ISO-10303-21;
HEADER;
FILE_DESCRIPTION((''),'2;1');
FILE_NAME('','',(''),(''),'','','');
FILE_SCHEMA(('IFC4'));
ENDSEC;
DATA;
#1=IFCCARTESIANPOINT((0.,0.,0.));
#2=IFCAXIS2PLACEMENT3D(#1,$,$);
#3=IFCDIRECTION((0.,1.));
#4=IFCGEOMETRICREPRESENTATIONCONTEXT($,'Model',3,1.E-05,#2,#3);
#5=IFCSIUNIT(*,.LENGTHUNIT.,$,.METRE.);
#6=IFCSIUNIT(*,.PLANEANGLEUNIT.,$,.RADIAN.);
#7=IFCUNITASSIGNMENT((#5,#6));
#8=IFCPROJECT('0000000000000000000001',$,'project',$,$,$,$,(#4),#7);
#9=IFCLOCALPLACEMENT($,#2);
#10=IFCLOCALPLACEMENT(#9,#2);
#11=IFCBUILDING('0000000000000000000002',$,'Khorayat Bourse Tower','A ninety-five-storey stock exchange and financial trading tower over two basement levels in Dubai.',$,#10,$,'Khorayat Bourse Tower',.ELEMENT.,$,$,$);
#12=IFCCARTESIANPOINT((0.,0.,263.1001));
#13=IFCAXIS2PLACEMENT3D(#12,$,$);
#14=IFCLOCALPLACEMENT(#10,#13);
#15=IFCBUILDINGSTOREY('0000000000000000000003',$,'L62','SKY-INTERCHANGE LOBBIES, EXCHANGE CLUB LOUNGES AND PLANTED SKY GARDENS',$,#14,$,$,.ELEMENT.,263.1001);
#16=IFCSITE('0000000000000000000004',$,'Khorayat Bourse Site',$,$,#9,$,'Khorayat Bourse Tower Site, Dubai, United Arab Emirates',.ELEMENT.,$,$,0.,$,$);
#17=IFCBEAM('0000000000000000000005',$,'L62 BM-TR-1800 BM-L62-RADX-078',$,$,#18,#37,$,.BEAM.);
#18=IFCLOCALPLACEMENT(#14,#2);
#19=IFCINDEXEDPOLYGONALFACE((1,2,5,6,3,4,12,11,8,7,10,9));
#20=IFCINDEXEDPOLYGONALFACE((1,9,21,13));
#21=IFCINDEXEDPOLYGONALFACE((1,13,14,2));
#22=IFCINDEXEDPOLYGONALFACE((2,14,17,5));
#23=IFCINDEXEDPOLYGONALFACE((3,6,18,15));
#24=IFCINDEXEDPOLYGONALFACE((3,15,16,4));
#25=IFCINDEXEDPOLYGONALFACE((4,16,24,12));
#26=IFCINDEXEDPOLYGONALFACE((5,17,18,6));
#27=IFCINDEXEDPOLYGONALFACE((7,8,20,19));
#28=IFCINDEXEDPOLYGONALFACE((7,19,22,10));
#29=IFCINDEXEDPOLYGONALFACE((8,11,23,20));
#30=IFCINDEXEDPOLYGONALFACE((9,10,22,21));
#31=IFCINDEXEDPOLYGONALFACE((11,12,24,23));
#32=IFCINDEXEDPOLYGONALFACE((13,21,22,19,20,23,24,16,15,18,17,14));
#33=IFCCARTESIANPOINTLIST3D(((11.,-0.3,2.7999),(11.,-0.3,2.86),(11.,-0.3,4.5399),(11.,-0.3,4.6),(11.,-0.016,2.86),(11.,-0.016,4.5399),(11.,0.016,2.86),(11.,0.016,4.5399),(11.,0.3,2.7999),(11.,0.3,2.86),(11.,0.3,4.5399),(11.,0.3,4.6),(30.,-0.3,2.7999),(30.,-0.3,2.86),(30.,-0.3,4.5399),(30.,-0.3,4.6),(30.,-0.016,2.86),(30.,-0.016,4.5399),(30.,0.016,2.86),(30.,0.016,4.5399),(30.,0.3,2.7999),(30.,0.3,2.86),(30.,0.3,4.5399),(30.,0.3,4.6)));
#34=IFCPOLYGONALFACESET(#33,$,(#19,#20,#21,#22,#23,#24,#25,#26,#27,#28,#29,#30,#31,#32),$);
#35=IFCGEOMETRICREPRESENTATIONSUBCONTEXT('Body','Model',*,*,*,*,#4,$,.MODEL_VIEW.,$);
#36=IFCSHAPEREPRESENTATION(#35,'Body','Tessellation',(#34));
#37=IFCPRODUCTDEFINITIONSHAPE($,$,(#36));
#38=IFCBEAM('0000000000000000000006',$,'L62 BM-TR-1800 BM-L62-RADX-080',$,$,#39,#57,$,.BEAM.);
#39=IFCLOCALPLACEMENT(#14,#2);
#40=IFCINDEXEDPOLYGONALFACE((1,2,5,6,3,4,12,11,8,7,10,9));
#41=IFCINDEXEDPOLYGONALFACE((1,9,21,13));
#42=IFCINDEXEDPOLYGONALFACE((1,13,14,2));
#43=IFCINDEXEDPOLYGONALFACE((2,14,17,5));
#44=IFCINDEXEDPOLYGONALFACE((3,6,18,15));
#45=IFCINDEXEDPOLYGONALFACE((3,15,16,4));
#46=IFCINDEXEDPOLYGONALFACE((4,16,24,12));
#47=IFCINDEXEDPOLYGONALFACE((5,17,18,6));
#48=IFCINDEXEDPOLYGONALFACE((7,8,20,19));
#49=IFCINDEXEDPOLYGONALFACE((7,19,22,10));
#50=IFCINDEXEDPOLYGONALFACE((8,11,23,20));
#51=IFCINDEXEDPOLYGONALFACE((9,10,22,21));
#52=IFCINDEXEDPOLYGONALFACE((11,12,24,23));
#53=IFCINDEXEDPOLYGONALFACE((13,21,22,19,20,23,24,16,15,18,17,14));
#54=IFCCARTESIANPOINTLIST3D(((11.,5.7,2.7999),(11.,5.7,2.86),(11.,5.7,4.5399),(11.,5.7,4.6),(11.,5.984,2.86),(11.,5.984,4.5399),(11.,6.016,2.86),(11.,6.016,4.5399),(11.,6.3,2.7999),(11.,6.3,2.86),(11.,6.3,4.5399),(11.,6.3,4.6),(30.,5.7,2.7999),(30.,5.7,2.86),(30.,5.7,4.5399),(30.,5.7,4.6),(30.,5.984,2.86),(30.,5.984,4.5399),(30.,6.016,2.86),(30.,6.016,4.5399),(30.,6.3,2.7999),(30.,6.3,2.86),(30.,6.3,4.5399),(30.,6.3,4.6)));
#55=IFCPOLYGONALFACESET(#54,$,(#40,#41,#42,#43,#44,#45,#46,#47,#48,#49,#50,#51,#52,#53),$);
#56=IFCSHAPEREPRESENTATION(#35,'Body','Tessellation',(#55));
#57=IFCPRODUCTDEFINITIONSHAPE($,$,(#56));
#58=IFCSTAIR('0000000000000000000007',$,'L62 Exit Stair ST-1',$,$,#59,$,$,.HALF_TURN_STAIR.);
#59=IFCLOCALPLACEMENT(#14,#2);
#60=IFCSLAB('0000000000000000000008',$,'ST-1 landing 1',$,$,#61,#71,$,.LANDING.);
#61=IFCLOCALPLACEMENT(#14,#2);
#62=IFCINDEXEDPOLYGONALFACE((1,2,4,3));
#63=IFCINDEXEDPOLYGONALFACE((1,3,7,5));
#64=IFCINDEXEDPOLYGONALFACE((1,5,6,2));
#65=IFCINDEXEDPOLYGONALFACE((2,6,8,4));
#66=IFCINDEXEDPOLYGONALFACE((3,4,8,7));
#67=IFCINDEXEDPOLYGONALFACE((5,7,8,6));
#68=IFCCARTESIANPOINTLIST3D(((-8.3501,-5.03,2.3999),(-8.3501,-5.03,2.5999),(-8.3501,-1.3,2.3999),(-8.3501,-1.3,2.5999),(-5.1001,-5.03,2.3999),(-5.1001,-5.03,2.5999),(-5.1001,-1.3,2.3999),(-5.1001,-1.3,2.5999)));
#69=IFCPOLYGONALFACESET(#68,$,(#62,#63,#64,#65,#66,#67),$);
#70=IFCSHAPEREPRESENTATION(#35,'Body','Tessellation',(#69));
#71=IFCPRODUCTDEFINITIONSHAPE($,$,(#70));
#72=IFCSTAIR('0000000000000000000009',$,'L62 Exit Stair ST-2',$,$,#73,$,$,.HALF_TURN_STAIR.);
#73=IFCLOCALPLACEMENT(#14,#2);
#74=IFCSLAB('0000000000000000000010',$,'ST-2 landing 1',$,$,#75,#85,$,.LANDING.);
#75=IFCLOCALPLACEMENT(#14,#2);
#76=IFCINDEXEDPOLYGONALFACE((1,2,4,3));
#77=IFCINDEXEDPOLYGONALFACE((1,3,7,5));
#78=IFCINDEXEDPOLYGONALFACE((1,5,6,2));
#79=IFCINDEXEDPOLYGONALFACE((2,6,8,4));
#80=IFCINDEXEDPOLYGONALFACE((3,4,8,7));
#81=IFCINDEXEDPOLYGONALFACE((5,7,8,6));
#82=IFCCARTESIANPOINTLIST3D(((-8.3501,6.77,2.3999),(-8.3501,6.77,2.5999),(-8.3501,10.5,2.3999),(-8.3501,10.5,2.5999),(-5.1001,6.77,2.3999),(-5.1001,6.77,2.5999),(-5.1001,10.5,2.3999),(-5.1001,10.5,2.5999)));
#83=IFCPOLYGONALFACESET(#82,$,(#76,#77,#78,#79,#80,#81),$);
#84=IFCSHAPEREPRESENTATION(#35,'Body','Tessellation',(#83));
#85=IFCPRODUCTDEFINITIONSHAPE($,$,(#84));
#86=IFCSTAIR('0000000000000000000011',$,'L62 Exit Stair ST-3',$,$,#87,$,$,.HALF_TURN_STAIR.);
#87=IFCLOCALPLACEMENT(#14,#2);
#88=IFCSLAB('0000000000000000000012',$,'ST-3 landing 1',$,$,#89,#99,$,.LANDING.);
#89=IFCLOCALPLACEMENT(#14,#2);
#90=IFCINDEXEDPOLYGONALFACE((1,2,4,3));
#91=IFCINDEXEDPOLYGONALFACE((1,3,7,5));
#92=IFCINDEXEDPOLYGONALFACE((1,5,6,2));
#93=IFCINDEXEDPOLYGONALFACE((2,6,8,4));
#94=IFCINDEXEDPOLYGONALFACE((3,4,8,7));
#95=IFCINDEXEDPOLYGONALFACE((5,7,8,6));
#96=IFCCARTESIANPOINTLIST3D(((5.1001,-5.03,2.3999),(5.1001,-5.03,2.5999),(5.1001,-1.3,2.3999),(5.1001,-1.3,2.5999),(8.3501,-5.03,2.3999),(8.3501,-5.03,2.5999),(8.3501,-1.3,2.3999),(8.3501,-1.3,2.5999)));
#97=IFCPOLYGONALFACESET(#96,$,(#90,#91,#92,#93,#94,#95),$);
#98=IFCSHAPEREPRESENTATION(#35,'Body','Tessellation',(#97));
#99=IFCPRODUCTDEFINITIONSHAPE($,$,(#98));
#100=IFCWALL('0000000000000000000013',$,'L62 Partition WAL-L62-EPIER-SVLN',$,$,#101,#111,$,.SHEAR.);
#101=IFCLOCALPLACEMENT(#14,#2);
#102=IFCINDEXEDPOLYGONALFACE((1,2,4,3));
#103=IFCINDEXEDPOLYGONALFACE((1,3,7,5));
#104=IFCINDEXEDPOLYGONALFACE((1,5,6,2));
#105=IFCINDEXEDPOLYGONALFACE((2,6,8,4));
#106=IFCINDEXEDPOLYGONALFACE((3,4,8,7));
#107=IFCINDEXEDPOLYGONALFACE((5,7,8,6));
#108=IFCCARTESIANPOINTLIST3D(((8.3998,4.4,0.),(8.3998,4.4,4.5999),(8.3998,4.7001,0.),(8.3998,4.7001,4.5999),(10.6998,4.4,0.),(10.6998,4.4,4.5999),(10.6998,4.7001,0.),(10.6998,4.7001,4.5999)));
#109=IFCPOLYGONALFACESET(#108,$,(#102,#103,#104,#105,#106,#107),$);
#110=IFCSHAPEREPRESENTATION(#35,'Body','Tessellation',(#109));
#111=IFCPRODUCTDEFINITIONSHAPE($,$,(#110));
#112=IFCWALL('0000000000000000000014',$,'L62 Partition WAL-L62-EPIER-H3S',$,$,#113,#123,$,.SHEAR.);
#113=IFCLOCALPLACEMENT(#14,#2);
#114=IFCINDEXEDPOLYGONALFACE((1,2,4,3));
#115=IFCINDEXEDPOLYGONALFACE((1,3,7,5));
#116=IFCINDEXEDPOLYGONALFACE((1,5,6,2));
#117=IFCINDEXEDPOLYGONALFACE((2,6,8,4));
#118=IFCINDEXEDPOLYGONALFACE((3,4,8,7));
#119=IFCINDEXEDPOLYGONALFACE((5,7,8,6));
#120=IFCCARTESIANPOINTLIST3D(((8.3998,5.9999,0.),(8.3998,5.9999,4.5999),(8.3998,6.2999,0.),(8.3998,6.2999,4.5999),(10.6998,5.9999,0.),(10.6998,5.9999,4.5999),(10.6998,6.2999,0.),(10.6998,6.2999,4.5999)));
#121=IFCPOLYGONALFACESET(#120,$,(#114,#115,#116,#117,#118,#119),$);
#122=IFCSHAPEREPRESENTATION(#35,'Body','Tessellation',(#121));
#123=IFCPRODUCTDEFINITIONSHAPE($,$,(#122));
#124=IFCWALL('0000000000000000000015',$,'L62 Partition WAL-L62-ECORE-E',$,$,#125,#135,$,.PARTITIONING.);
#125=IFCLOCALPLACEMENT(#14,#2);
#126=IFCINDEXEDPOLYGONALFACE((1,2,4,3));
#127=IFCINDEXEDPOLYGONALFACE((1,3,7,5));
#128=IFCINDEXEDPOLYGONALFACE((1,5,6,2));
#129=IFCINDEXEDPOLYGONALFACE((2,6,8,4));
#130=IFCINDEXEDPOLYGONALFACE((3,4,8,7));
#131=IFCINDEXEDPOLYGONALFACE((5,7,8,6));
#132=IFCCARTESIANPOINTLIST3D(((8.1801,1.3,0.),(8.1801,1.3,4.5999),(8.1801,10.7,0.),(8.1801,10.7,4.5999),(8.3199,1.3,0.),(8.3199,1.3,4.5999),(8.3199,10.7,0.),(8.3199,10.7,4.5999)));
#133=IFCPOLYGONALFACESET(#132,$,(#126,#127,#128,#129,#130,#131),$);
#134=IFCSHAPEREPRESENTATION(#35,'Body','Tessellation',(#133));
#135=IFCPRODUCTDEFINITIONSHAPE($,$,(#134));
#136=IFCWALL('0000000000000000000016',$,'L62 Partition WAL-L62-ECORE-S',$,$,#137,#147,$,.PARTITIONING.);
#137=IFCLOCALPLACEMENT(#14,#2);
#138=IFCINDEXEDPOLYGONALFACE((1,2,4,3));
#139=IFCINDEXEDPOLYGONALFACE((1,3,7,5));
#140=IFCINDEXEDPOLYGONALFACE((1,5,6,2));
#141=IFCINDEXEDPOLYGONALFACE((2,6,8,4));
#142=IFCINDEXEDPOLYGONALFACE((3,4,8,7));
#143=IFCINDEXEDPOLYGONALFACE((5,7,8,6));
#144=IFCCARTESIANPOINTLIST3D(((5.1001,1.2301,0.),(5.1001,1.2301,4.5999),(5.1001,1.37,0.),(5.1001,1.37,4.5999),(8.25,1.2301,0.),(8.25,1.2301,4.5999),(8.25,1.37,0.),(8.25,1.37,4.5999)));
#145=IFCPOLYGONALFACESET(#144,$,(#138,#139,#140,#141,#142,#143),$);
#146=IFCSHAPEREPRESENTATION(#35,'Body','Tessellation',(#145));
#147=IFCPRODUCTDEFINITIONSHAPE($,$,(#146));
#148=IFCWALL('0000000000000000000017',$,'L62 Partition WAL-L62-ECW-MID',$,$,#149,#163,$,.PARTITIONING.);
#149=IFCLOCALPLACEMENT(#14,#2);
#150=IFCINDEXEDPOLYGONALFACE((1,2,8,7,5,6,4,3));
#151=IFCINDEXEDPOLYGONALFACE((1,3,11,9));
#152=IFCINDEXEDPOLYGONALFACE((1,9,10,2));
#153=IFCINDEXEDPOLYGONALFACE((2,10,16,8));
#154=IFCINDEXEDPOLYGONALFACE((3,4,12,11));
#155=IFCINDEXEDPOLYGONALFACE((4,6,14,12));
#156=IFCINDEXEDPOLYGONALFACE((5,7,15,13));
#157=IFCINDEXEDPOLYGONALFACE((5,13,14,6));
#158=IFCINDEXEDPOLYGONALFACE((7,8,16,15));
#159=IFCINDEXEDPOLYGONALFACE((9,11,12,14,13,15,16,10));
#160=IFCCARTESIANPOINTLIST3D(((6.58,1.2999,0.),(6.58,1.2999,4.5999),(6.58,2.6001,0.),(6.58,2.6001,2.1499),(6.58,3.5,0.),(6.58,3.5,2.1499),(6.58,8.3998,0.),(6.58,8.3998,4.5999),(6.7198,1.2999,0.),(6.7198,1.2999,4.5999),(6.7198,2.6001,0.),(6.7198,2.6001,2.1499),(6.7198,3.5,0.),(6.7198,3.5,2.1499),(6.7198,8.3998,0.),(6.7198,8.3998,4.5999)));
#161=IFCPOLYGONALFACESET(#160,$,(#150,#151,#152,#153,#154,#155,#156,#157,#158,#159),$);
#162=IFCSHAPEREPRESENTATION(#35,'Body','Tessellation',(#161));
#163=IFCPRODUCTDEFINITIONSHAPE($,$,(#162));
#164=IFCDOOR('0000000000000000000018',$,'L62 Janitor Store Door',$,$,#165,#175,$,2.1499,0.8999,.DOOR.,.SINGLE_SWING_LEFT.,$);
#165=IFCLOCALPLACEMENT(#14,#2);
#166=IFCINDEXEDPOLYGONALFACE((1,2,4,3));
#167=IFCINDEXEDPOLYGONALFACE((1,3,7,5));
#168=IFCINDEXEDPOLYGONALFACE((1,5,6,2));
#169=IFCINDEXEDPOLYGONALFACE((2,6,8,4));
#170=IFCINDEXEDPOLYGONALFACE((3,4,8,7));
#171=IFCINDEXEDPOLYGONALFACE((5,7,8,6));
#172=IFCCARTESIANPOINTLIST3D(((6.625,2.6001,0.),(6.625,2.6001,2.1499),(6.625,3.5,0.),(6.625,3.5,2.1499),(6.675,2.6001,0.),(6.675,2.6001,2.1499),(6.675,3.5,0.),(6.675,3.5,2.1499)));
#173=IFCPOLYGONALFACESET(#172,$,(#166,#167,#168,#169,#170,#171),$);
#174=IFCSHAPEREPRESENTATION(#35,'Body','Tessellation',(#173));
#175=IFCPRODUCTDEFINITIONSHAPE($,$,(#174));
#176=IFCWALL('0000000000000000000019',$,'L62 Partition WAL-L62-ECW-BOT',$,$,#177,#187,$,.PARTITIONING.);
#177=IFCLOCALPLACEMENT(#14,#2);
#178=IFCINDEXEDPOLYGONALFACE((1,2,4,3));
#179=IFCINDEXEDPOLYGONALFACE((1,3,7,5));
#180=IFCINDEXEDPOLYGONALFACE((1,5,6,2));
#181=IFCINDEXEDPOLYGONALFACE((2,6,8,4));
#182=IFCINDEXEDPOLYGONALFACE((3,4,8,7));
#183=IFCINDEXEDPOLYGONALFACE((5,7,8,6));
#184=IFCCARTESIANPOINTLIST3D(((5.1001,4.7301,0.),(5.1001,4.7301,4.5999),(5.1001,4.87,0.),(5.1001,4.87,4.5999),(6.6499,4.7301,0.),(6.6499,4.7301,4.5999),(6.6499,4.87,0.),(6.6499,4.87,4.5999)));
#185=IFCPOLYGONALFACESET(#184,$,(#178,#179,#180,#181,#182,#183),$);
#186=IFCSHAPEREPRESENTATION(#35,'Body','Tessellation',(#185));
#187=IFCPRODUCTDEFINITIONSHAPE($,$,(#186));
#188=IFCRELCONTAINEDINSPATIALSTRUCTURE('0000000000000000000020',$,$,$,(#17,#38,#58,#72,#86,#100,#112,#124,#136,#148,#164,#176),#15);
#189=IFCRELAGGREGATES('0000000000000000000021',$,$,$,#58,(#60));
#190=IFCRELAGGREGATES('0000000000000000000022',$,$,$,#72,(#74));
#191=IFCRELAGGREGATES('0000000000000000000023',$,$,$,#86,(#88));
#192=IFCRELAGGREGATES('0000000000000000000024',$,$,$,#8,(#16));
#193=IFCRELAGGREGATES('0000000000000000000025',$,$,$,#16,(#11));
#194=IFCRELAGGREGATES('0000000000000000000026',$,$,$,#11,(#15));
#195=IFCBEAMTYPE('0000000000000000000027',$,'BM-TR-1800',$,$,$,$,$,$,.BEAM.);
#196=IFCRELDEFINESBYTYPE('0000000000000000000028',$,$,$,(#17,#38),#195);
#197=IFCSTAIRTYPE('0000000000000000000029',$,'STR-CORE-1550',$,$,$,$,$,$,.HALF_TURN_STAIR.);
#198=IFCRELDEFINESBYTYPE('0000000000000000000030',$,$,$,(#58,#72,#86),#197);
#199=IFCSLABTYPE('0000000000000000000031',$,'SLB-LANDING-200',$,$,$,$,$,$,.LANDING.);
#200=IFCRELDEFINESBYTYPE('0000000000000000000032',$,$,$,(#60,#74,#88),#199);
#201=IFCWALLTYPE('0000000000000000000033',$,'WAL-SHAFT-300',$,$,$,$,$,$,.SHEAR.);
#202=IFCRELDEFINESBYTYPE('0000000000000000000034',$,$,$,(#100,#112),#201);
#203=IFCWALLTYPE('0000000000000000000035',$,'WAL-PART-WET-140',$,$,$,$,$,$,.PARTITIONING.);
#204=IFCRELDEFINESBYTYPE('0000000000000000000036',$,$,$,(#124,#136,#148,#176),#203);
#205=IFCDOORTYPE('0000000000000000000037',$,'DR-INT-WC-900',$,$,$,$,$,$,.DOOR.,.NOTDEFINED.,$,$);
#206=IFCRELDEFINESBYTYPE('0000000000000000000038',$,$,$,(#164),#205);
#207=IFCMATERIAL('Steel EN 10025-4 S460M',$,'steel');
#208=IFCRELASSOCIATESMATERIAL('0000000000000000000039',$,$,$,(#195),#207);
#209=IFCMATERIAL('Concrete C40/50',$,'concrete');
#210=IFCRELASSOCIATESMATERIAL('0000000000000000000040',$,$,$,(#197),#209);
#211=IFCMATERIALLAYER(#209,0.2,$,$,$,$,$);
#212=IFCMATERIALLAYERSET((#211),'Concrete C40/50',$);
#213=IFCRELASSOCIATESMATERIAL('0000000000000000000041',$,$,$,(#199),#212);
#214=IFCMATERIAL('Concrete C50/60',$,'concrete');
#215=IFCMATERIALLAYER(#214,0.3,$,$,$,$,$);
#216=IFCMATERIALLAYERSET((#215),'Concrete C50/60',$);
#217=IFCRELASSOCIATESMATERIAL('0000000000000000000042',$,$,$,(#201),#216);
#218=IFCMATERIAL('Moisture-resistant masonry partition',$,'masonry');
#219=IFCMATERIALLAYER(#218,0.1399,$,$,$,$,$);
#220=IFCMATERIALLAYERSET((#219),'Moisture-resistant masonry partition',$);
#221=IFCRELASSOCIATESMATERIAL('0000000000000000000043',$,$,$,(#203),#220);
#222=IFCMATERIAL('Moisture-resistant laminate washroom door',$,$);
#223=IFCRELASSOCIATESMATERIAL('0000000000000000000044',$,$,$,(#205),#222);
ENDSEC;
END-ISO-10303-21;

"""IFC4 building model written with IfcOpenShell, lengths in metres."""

from ifc_helpers import new_model, si_unit, direction, frame, frame_2d, origin, origin_2d, place, context, subcontext, project, spatial, polyline, rectangle, i_section, outline, extrude, source, transform, mapped, material, layer, layer_set, material_profile, profile_set, type_object, element, fill, aggregate, save


model = new_model("IFC4")

# Units and contexts
model_context = context("Model", 3, precision=1e-05, world=origin(), true_north=direction((0.0, 1.0)))
body_context = subcontext(model_context, "Body", "Model", "MODEL_VIEW")
ifc_project = project(units=[si_unit("LENGTHUNIT", "METRE"), si_unit("PLANEANGLEUNIT", "RADIAN")], contexts=[model_context])

# Site, building, storey
site_placement = place(None, origin())
site = spatial("IfcSite", under=ifc_project, at=site_placement, Name="Khorayat Bourse Site", LongName="Khorayat Bourse Tower Site, Dubai, United Arab Emirates", CompositionType="ELEMENT", RefElevation=0.0)
building_placement = place(site_placement, origin())
building = spatial("IfcBuilding", under=site, at=building_placement, Name="Khorayat Bourse Tower", Description="A ninety-five-storey stock exchange and financial trading tower over two basement levels in Dubai.", LongName="Khorayat Bourse Tower", CompositionType="ELEMENT")
storey_placement = place(building_placement, frame((0.0, 0.0, 263.1001)))
storey = spatial("IfcBuildingStorey", under=building, at=storey_placement, Name="L62", Description="SKY-INTERCHANGE LOBBIES, EXCHANGE CLUB LOUNGES AND PLANTED SKY GARDENS", CompositionType="ELEMENT", Elevation=263.1001)

# Beams
ifc_material_1 = material(Name="Steel EN 10025-4 S460M", Category="steel")
ifc_material_profile_1 = material_profile(ifc_material_1, i_section(OverallWidth=0.6001, OverallDepth=1.8, WebThickness=0.032, FlangeThickness=0.0601, at=origin_2d()), Name="PG 1800x600x32x60")
ifc_profile_set_1 = profile_set([ifc_material_profile_1], Name="Steel EN 10025-4 S460M")
beam_type_1 = type_object("IfcBeamType", Name="BM-TR-1800", PredefinedType="BEAM", material=ifc_profile_set_1)
shared_shape_1 = source(origin(), body_context, "Body", "SweptSolid", [
    extrude(i_section(OverallWidth=0.6001, OverallDepth=1.8, WebThickness=0.032, FlangeThickness=0.0601, at=origin_2d()), origin(), (0.0, 0.0, 1.0), 19.0),
])
for number, where, z_axis, x_axis, name in (
    (1, (11.0, 0.0, 3.7), (1.0, 0.0, 0.0), (0.0, 1.0, 0.0), "L62 BM-TR-1800 BM-L62-RADX-078"),
    (2, (11.0, 6.0, 3.7), (1.0, 0.0, 0.0), (0.0, 1.0, 0.0), "L62 BM-TR-1800 BM-L62-RADX-080"),
):
    element("IfcBeam", number, at=place(storey_placement, frame(where, z_axis=z_axis, x_axis=x_axis)), inside=storey, type_object=beam_type_1, Name=name, PredefinedType="BEAM", context=body_context, shape_type="MappedRepresentation", body=[
        mapped(shared_shape_1, transform((0.0, 0.0, 0.0), scale=1.0)),
    ])

# Stairs, slabs
ifc_material_2 = material(Name="Concrete C40/50", Category="concrete")
stair_type = type_object("IfcStairType", Name="STR-CORE-1550", PredefinedType="HALF_TURN_STAIR", material=ifc_material_2)
stair_1_placement = place(storey_placement, origin())
stair_1 = element("IfcStair", 3, at=stair_1_placement, inside=storey, type_object=stair_type, Name="L62 Exit Stair ST-1", PredefinedType="HALF_TURN_STAIR")
ifc_layer_1 = layer(ifc_material_2, 0.2)
ifc_layer_set_1 = layer_set([ifc_layer_1], Name="Concrete C40/50")
slab_type = type_object("IfcSlabType", Name="SLB-LANDING-200", PredefinedType="LANDING", material=ifc_layer_set_1)
slab_1_placement = place(storey_placement, frame((0.0, 0.0, 2.3999)))
slab_1 = element("IfcSlab", 4, at=slab_1_placement, type_object=slab_type, Name="ST-1 landing 1", PredefinedType="LANDING", context=body_context, shape_type="SweptSolid", body=[
    extrude(outline(polyline([(-5.1001, -5.03), (-5.1001, -1.3), (-8.3501, -1.3), (-8.3501, -5.03), (-5.1001, -5.03)])), origin(), (0.0, 0.0, 1.0), 0.2),
])
aggregate(stair_1, [slab_1])
stair_2_placement = place(storey_placement, origin())
stair_2 = element("IfcStair", 5, at=stair_2_placement, inside=storey, type_object=stair_type, Name="L62 Exit Stair ST-2", PredefinedType="HALF_TURN_STAIR")
slab_2_placement = place(storey_placement, frame((0.0, 0.0, 2.3999)))
slab_2 = element("IfcSlab", 6, at=slab_2_placement, type_object=slab_type, Name="ST-2 landing 1", PredefinedType="LANDING", context=body_context, shape_type="SweptSolid", body=[
    extrude(outline(polyline([(-5.1001, 6.77), (-5.1001, 10.5), (-8.3501, 10.5), (-8.3501, 6.77), (-5.1001, 6.77)])), origin(), (0.0, 0.0, 1.0), 0.2),
])
aggregate(stair_2, [slab_2])
stair_3_placement = place(storey_placement, origin())
stair_3 = element("IfcStair", 7, at=stair_3_placement, inside=storey, type_object=stair_type, Name="L62 Exit Stair ST-3", PredefinedType="HALF_TURN_STAIR")
slab_3_placement = place(storey_placement, frame((0.0, 0.0, 2.3999)))
slab_3 = element("IfcSlab", 8, at=slab_3_placement, type_object=slab_type, Name="ST-3 landing 1", PredefinedType="LANDING", context=body_context, shape_type="SweptSolid", body=[
    extrude(outline(polyline([(8.3501, -5.03), (8.3501, -1.3), (5.1001, -1.3), (5.1001, -5.03), (8.3501, -5.03)])), origin(), (0.0, 0.0, 1.0), 0.2),
])
aggregate(stair_3, [slab_3])

# Walls
ifc_material_3 = material(Name="Concrete C50/60", Category="concrete")
ifc_layer_2 = layer(ifc_material_3, 0.3)
ifc_layer_set_2 = layer_set([ifc_layer_2], Name="Concrete C50/60")
wall_type_1 = type_object("IfcWallType", Name="WAL-SHAFT-300", PredefinedType="SHEAR", material=ifc_layer_set_2)
shared_shape_2 = source(origin(), body_context, "Body", "SweptSolid", [
    extrude(rectangle(XDim=2.3, YDim=0.3, at=frame_2d((1.1499, 0.0))), origin(), (0.0, 0.0, 1.0), 4.5999),
])
for number, where, z_axis, x_axis, name in (
    (9, (8.3999, 4.55, 0.0), (0.0, 0.0, 1.0), (1.0, 0.0, 0.0), "L62 Partition WAL-L62-EPIER-SVLN"),
    (10, (8.3999, 6.1499, 0.0), (0.0, 0.0, 1.0), (1.0, 0.0, 0.0), "L62 Partition WAL-L62-EPIER-H3S"),
):
    element("IfcWall", number, at=place(storey_placement, frame(where, z_axis=z_axis, x_axis=x_axis)), inside=storey, type_object=wall_type_1, Name=name, PredefinedType="SHEAR", context=body_context, shape_type="MappedRepresentation", body=[
        mapped(shared_shape_2, transform((0.0, 0.0, 0.0), scale=1.0)),
    ])
ifc_material_4 = material(Name="Moisture-resistant masonry partition", Category="masonry")
ifc_layer_3 = layer(ifc_material_4, 0.1399)
ifc_layer_set_3 = layer_set([ifc_layer_3], Name="Moisture-resistant masonry partition")
wall_type_2 = type_object("IfcWallType", Name="WAL-PART-WET-140", PredefinedType="PARTITIONING", material=ifc_layer_set_3)
shared_shape_3 = source(origin(), body_context, "Body", "SweptSolid", [
    extrude(rectangle(XDim=9.3999, YDim=0.1399, at=frame_2d((4.7, 0.0))), origin(), (0.0, 0.0, 1.0), 4.5999),
])
wall_1_placement = place(storey_placement, frame((8.25, 1.3, 0.0), z_axis=(0.0, 0.0, 1.0), x_axis=(0.0, 1.0, 0.0)))
element("IfcWall", 11, at=wall_1_placement, inside=storey, type_object=wall_type_2, Name="L62 Partition WAL-L62-ECORE-E", PredefinedType="PARTITIONING", context=body_context, shape_type="MappedRepresentation", body=[
    mapped(shared_shape_3, transform((0.0, 0.0, 0.0), scale=1.0)),
])
shared_shape_4 = source(origin(), body_context, "Body", "SweptSolid", [
    extrude(rectangle(XDim=3.1499, YDim=0.1399, at=frame_2d((1.575, 0.0))), origin(), (0.0, 0.0, 1.0), 4.5999),
])
wall_2_placement = place(storey_placement, frame((5.1001, 1.3, 0.0), z_axis=(0.0, 0.0, 1.0), x_axis=(1.0, 0.0, 0.0)))
element("IfcWall", 12, at=wall_2_placement, inside=storey, type_object=wall_type_2, Name="L62 Partition WAL-L62-ECORE-S", PredefinedType="PARTITIONING", context=body_context, shape_type="MappedRepresentation", body=[
    mapped(shared_shape_4, transform((0.0, 0.0, 0.0), scale=1.0)),
])

# Wall, opening, door
shared_shape_5 = source(origin(), body_context, "Body", "SweptSolid", [
    extrude(rectangle(XDim=7.0999, YDim=0.1399, at=frame_2d((3.5498, 0.0))), origin(), (0.0, 0.0, 1.0), 4.5999),
])
wall_3_placement = place(storey_placement, frame((6.6499, 1.3, 0.0), z_axis=(0.0, 0.0, 1.0), x_axis=(0.0, 1.0, 0.0)))
wall_3 = element("IfcWall", 13, at=wall_3_placement, inside=storey, type_object=wall_type_2, Name="L62 Partition WAL-L62-ECW-MID", PredefinedType="PARTITIONING", context=body_context, shape_type="MappedRepresentation", body=[
    mapped(shared_shape_5, transform((0.0, 0.0, 0.0), scale=1.0)),
])
shared_shape_6 = source(origin(), body_context, "Body", "SweptSolid", [
    extrude(rectangle(XDim=0.8999, YDim=2.1499, at=frame_2d((0.45, 1.075))), frame((0.0, 0.0798, 0.0), z_axis=(0.0, -1.0, 0.0), x_axis=(1.0, 0.0, 0.0)), (0.0, 0.0, 1.0), 0.1599),
])
opening_1_placement = place(wall_3_placement, frame((1.3, 0.0, 0.0)))
opening_1 = element("IfcOpeningElement", 14, at=opening_1_placement, cuts=wall_3, PredefinedType="OPENING", context=body_context, shape_type="MappedRepresentation", body=[
    mapped(shared_shape_6, transform((0.0, 0.0, 0.0), scale=1.0)),
])
ifc_material_5 = material(Name="Moisture-resistant laminate washroom door")
door_type_1 = type_object("IfcDoorType", Name="DR-INT-WC-900", OperationType="NOTDEFINED", PredefinedType="DOOR", material=ifc_material_5)
shared_shape_7 = source(origin(), body_context, "Body", "SweptSolid", [
    extrude(rectangle(XDim=0.8999, YDim=2.1499, at=frame_2d((0.45, 1.075))), frame((0.0, 0.0249, 0.0), z_axis=(0.0, -1.0, 0.0), x_axis=(1.0, 0.0, 0.0)), (0.0, 0.0, 1.0), 0.05),
])
door_1_placement = place(opening_1_placement, origin())
door_1 = element("IfcDoor", 15, at=door_1_placement, inside=storey, type_object=door_type_1, Name="L62 Janitor Store Door", OperationType="SINGLE_SWING_LEFT", OverallHeight=2.1499, OverallWidth=0.8999, PredefinedType="DOOR", context=body_context, shape_type="MappedRepresentation", body=[
    mapped(shared_shape_7, transform((0.0, 0.0, 0.0), scale=1.0)),
])
fill(opening_1, door_1)

# Wall
shared_shape_8 = source(origin(), body_context, "Body", "SweptSolid", [
    extrude(rectangle(XDim=1.5498, YDim=0.1399, at=frame_2d((0.7749, 0.0))), origin(), (0.0, 0.0, 1.0), 4.5999),
])
wall_4_placement = place(storey_placement, frame((5.1001, 4.8, 0.0), z_axis=(0.0, 0.0, 1.0), x_axis=(1.0, 0.0, 0.0)))
element("IfcWall", 16, at=wall_4_placement, inside=storey, type_object=wall_type_2, Name="L62 Partition WAL-L62-ECW-BOT", PredefinedType="PARTITIONING", context=body_context, shape_type="MappedRepresentation", body=[
    mapped(shared_shape_8, transform((0.0, 0.0, 0.0), scale=1.0)),
])

save(model, "model.ifc")
